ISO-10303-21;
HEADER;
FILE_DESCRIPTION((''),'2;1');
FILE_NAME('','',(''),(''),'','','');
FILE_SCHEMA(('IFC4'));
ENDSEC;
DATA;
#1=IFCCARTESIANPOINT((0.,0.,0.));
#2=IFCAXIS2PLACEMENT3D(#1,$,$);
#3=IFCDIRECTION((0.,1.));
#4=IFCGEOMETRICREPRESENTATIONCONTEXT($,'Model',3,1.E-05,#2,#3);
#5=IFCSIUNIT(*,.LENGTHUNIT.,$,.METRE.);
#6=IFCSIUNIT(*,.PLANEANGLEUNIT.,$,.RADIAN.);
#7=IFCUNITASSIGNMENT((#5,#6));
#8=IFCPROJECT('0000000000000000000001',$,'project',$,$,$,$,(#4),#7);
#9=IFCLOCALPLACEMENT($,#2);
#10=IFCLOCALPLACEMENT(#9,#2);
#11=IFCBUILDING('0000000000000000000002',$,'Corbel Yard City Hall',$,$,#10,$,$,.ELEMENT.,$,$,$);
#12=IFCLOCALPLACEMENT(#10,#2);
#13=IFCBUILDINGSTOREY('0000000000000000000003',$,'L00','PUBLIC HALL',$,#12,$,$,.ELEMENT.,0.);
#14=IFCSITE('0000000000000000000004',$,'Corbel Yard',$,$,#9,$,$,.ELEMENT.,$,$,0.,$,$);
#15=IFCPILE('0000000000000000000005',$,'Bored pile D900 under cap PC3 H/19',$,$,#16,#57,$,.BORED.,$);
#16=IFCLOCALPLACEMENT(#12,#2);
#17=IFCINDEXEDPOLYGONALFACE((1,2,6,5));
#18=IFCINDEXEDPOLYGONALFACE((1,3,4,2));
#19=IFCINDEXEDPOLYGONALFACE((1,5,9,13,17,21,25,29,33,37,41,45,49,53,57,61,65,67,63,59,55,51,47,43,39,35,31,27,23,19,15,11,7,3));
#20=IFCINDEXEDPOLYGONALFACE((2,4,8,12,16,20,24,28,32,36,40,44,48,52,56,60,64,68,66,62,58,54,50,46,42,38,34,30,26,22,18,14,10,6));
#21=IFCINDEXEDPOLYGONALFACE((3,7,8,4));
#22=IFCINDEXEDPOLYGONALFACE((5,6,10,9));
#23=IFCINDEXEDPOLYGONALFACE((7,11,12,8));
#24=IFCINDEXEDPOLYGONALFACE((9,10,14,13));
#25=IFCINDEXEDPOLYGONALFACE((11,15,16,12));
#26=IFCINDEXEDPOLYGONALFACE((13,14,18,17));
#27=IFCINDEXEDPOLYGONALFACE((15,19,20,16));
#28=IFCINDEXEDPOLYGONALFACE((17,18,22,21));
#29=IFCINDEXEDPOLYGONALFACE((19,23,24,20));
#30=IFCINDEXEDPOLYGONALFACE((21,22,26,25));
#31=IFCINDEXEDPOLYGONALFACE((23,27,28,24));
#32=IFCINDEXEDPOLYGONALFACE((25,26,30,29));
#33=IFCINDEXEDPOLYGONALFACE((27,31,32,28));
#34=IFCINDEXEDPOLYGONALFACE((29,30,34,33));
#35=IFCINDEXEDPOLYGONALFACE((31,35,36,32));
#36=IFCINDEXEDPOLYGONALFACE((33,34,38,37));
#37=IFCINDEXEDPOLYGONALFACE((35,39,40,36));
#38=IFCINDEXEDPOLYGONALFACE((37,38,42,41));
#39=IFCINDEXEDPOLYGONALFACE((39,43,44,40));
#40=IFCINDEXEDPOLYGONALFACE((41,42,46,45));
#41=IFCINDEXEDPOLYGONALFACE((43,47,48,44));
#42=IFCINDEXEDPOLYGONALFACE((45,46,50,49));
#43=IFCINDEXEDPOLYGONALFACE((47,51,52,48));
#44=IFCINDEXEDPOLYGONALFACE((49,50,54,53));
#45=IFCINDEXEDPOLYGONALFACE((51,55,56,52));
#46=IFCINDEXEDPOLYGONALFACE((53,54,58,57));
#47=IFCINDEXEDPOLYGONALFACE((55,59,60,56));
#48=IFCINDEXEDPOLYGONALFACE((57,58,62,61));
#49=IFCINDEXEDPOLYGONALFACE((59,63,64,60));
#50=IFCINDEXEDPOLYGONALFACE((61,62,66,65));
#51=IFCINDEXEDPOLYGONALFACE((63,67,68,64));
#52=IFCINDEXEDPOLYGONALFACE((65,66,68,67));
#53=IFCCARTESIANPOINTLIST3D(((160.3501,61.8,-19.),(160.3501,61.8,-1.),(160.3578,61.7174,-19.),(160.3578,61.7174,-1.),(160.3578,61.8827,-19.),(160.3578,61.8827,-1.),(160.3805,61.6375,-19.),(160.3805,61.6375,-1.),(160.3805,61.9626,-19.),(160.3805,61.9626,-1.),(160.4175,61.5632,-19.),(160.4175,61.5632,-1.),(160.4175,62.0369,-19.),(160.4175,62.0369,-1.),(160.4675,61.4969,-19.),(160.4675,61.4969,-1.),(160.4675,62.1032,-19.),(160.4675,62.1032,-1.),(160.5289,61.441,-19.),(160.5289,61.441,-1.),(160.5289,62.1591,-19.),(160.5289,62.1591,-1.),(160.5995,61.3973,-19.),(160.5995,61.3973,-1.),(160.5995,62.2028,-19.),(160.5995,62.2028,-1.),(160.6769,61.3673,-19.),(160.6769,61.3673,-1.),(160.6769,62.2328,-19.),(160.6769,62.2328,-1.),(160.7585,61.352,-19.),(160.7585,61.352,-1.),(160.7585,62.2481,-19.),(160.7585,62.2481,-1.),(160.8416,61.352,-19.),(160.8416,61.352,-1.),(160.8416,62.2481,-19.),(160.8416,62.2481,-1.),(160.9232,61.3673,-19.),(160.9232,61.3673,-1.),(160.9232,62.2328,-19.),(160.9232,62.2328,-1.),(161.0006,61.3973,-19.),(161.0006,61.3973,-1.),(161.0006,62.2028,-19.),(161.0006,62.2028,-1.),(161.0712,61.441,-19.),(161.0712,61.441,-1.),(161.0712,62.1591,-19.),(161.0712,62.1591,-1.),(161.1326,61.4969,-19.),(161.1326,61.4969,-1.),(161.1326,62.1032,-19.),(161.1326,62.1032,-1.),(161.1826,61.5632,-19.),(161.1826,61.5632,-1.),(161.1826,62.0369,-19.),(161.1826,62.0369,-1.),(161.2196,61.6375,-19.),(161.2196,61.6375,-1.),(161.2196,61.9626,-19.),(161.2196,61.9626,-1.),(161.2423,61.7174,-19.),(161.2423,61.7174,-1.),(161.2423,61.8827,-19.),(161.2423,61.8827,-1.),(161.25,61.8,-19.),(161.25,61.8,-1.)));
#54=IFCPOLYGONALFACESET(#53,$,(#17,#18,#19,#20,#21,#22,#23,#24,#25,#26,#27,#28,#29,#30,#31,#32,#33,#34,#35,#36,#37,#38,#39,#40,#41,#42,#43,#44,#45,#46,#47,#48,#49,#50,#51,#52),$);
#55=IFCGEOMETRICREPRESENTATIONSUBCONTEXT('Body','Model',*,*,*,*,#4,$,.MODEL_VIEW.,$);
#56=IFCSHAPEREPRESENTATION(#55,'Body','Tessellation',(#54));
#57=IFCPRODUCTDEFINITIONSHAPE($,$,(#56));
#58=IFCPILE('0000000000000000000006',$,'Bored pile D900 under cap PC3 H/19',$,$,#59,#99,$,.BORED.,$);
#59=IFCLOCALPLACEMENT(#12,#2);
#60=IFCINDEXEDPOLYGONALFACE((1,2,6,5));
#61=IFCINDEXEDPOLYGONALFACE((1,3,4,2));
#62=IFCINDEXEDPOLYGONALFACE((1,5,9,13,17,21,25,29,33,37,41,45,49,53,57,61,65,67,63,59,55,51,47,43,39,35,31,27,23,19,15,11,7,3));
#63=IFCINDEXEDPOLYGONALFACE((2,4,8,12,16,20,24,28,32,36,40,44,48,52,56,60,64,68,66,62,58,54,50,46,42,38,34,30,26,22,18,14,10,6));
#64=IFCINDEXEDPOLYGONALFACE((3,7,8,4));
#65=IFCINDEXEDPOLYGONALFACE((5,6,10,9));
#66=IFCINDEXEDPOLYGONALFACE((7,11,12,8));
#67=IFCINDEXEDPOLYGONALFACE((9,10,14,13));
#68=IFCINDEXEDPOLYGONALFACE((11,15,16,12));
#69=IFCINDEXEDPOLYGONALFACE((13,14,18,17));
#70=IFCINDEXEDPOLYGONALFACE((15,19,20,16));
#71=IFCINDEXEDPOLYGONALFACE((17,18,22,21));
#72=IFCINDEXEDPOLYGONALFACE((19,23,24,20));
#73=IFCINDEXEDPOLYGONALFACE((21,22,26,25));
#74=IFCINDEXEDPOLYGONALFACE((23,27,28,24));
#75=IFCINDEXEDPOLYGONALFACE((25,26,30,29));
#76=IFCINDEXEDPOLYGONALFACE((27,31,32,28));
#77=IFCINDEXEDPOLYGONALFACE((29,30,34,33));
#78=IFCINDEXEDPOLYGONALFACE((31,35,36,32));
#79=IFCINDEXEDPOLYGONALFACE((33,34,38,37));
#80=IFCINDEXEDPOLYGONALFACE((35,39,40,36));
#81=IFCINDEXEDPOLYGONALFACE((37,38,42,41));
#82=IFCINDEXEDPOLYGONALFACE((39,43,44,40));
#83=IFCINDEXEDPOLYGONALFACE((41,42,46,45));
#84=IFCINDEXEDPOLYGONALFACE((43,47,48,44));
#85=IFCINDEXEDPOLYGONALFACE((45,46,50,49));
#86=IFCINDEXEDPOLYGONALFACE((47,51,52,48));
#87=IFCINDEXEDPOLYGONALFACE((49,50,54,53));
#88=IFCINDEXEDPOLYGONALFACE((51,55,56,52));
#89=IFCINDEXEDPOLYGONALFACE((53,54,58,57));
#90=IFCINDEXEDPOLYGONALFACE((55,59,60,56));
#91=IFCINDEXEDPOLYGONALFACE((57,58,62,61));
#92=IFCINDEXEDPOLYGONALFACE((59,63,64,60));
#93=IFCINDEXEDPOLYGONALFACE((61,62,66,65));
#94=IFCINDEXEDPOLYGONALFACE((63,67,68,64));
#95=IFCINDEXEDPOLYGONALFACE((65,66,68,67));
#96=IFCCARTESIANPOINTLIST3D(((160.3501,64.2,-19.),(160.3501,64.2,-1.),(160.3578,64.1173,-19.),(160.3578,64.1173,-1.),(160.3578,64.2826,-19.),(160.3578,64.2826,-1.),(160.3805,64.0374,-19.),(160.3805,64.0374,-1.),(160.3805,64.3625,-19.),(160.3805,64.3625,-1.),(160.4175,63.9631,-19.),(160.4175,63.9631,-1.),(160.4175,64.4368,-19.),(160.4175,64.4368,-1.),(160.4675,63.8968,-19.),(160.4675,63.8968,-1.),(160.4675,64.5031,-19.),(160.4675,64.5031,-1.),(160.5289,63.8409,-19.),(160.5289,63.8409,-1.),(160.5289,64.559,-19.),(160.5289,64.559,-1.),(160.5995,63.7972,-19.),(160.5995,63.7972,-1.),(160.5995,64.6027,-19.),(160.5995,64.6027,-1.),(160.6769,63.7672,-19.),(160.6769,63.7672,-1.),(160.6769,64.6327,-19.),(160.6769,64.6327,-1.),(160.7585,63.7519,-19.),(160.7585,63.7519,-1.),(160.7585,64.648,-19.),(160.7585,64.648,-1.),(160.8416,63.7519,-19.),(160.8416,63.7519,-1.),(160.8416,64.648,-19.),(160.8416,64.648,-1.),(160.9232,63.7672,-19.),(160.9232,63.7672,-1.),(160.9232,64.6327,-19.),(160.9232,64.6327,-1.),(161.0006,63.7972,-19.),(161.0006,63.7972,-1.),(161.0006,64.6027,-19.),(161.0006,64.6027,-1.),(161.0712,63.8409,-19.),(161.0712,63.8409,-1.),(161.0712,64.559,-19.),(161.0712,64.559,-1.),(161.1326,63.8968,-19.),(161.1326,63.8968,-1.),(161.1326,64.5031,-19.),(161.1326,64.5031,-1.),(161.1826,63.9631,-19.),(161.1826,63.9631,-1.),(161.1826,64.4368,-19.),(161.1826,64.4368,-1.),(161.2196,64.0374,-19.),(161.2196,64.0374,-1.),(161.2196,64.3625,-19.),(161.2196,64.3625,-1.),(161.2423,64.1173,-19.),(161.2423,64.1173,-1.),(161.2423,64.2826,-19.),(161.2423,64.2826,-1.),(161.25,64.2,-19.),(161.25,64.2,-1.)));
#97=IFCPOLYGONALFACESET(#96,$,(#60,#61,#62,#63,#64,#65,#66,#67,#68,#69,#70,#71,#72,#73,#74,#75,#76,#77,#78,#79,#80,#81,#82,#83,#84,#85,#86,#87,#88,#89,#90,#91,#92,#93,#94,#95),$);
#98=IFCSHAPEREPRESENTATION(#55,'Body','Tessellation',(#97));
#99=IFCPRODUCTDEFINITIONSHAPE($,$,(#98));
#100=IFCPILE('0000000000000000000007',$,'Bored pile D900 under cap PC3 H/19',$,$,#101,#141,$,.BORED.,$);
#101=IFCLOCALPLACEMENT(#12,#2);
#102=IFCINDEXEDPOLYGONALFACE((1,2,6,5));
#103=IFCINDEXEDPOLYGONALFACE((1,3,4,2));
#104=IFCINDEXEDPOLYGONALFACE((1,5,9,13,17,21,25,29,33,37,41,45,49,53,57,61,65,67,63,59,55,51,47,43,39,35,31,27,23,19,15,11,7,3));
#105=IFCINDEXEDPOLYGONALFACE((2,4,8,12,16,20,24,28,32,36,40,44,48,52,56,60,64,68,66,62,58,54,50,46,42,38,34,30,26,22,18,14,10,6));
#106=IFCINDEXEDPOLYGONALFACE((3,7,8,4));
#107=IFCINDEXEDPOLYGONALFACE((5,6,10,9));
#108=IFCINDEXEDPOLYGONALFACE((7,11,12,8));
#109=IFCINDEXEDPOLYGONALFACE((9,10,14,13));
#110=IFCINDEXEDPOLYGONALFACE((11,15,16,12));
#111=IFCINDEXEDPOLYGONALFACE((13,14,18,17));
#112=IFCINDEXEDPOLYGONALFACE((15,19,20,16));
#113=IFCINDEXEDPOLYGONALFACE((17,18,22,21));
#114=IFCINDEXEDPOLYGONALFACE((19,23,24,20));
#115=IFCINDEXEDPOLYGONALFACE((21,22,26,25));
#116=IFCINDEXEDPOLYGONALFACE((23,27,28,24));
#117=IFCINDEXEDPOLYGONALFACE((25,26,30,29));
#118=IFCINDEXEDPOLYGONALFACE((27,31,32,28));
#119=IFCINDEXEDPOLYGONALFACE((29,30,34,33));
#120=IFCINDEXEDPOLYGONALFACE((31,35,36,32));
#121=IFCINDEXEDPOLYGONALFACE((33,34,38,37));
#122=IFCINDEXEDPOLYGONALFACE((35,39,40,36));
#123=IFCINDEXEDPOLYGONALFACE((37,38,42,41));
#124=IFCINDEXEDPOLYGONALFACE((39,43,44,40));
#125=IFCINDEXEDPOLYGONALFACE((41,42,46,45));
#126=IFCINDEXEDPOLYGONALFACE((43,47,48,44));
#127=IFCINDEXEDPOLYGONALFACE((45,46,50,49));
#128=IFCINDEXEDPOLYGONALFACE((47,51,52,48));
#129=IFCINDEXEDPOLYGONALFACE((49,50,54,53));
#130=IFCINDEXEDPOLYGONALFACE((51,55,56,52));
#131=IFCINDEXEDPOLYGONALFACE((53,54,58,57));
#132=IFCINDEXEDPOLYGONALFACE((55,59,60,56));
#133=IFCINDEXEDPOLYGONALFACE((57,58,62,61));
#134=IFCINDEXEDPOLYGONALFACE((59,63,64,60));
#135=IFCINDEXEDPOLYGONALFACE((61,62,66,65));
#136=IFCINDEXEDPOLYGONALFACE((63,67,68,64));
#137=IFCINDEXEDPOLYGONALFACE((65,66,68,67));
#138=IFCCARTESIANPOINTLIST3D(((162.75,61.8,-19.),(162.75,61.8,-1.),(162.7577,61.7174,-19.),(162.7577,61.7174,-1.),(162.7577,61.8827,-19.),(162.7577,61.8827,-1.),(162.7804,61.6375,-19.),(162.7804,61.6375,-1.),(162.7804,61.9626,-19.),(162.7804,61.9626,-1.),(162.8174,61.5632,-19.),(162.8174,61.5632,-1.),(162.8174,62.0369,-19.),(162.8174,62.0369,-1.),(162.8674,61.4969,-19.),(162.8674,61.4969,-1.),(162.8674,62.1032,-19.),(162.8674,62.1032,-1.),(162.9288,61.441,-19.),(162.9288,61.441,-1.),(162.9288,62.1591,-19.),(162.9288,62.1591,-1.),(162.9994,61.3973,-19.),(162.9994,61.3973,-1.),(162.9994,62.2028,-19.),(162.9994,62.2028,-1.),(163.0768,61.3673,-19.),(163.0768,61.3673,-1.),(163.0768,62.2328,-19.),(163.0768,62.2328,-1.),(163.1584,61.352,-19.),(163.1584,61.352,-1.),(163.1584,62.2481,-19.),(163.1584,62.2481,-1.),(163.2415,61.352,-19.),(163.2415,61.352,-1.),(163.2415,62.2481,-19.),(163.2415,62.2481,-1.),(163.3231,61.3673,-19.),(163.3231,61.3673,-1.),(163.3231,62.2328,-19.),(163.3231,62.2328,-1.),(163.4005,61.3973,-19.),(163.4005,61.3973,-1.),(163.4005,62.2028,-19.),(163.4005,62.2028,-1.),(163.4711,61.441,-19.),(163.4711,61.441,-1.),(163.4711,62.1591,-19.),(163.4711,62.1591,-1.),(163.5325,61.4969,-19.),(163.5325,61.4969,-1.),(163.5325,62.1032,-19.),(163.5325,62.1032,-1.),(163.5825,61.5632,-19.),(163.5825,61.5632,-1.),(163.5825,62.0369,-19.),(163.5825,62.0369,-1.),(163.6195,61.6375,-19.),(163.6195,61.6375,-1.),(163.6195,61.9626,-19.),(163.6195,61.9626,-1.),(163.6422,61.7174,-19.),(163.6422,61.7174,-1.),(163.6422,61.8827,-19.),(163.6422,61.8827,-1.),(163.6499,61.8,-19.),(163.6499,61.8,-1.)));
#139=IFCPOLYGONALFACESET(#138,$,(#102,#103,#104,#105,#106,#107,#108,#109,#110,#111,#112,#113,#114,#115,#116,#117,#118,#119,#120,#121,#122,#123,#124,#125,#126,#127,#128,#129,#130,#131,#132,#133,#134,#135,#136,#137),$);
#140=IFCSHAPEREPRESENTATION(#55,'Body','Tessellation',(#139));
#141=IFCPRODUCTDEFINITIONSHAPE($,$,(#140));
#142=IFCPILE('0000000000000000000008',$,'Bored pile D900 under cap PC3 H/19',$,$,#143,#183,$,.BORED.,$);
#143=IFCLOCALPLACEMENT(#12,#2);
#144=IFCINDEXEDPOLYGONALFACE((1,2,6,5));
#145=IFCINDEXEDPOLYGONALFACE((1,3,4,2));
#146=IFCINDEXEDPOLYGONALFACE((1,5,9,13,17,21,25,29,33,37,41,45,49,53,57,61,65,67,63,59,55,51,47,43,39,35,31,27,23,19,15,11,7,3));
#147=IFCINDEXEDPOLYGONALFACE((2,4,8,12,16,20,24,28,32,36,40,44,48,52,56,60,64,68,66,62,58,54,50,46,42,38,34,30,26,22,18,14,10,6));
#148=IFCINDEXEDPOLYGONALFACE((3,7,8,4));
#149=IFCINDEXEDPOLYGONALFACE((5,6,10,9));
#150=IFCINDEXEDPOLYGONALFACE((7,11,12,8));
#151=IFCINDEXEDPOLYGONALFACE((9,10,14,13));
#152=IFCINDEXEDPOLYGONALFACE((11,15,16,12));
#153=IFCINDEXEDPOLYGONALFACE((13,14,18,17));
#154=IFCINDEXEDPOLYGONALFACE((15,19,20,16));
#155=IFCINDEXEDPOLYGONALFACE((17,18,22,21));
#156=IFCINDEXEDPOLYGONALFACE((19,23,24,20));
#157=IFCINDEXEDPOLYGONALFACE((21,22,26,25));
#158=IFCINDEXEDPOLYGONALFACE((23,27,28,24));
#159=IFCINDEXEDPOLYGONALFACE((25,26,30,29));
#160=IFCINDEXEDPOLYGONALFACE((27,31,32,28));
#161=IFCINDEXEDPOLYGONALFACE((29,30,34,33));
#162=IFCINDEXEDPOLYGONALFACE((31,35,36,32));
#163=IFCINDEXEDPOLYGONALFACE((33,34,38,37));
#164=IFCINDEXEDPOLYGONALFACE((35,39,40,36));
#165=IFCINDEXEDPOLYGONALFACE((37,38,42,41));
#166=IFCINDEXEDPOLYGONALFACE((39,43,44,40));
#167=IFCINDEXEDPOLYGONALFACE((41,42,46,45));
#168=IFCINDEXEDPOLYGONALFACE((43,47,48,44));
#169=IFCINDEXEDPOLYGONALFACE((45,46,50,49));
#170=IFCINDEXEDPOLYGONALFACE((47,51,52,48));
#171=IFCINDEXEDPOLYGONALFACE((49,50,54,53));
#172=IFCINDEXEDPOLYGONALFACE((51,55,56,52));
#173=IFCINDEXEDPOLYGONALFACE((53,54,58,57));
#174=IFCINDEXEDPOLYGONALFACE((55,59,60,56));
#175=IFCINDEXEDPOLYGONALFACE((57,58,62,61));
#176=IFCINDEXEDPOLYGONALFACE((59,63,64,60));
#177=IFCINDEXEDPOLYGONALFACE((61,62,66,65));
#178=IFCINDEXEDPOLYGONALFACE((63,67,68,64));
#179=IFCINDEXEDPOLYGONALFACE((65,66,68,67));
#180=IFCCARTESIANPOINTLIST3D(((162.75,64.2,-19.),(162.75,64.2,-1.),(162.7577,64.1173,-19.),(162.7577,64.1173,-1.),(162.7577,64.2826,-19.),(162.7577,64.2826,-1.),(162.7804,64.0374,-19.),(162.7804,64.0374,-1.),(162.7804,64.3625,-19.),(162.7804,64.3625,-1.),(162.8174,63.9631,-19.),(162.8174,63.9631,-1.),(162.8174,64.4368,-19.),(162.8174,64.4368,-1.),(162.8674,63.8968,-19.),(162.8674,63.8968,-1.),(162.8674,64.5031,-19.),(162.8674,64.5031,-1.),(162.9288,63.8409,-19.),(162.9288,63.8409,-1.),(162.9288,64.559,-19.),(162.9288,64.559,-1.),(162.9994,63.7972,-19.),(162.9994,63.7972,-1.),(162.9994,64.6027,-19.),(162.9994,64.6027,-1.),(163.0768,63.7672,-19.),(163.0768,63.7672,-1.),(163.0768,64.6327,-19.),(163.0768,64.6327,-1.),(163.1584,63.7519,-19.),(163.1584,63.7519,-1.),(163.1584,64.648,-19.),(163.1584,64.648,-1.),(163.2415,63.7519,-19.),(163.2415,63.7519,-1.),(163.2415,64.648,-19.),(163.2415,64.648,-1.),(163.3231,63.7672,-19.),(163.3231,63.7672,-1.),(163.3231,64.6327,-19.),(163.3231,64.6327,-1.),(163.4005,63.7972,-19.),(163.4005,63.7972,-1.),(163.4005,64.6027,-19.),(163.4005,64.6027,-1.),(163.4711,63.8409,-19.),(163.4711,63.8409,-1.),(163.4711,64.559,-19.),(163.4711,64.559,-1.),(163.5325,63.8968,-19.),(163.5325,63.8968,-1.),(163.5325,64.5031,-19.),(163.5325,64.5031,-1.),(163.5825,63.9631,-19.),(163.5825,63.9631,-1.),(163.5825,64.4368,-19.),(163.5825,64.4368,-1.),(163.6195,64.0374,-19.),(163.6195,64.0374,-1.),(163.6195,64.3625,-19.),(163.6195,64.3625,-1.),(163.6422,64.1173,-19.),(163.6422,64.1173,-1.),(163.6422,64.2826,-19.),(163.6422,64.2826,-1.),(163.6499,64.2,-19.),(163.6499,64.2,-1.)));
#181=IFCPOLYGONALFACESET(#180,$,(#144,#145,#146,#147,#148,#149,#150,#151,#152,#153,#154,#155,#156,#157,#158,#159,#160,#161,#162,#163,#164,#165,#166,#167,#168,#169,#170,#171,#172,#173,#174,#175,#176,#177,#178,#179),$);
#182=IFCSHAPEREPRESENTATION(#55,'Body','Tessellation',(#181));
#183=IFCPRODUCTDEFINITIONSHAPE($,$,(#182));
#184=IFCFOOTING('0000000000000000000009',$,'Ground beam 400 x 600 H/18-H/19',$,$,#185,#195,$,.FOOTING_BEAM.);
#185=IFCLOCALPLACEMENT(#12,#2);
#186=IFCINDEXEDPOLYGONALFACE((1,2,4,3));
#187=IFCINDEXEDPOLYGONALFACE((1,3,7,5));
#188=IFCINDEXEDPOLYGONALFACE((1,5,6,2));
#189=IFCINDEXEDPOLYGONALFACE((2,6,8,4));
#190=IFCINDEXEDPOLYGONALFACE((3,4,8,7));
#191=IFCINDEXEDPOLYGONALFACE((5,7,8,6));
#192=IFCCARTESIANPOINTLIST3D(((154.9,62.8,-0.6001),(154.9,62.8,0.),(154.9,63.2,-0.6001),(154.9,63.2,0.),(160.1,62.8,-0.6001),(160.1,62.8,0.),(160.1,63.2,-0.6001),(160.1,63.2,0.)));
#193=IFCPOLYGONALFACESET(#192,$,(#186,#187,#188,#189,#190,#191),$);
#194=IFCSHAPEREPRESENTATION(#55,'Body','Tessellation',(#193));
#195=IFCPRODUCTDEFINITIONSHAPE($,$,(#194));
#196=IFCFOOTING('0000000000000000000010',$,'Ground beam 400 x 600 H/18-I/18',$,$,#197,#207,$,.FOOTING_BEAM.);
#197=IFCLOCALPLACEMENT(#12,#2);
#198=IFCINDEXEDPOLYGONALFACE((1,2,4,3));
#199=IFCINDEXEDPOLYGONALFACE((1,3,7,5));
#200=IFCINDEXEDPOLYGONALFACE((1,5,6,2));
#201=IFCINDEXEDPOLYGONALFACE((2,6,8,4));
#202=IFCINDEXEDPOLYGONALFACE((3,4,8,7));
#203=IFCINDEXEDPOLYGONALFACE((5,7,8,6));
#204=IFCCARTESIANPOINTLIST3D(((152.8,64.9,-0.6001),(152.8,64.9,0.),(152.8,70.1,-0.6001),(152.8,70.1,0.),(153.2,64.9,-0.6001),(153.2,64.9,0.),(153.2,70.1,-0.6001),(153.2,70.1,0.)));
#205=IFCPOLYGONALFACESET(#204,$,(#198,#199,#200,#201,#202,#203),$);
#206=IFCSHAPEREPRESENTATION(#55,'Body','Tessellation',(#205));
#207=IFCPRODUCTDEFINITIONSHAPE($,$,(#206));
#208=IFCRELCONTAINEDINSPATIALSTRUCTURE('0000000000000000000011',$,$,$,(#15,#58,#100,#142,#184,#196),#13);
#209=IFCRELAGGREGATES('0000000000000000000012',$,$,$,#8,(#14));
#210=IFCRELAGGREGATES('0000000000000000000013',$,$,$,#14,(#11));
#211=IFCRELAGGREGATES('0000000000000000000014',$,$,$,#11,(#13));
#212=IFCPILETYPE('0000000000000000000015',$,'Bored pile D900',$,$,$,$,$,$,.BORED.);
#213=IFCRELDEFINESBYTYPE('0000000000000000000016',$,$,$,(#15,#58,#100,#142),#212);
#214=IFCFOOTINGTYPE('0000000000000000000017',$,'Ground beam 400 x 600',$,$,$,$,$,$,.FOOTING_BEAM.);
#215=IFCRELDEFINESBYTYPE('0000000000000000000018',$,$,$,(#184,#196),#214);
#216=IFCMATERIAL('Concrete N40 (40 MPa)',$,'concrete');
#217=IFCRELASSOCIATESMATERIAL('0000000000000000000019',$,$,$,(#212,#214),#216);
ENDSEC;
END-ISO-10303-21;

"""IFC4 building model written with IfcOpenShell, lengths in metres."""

from ifc_helpers import new_model, si_unit, direction, frame, origin, origin_2d, place, context, subcontext, project, spatial, rectangle, circle, extrude, material, material_profile, profile_set, type_object, element, save


model = new_model("IFC4")

# Units and contexts
model_context = context("Model", 3, precision=1e-05, world=origin(), true_north=direction((0.0, 1.0)))
body_context = subcontext(model_context, "Body", "Model", "MODEL_VIEW")
ifc_project = project(units=[si_unit("LENGTHUNIT", "METRE"), si_unit("PLANEANGLEUNIT", "RADIAN")], contexts=[model_context])

# Site, building, storey
site_placement = place(None, origin())
site = spatial("IfcSite", under=ifc_project, at=site_placement, Name="Corbel Yard", CompositionType="ELEMENT", RefElevation=0.0)
building_placement = place(site_placement, origin())
building = spatial("IfcBuilding", under=site, at=building_placement, Name="Corbel Yard City Hall", CompositionType="ELEMENT")
storey_placement = place(building_placement, origin())
storey = spatial("IfcBuildingStorey", under=building, at=storey_placement, Name="L00", Description="PUBLIC HALL", CompositionType="ELEMENT", Elevation=0.0)

# Piles
ifc_material_1 = material(Name="Concrete N40 (40 MPa)", Category="concrete")
ifc_material_profile_1 = material_profile(ifc_material_1, circle(Radius=0.45, at=origin_2d()), Name="D900")
ifc_profile_set_1 = profile_set([ifc_material_profile_1], Name="Concrete N40 (40 MPa)")
pile_type = type_object("IfcPileType", Name="Bored pile D900", PredefinedType="BORED", material=ifc_profile_set_1)
for number, where, z_axis, x_axis, name in (
    (1, (160.8, 61.8, -1.0), (0.0, 0.0, -1.0), (1.0, 0.0, 0.0), "Bored pile D900 under cap PC3 H/19"),
    (2, (160.8, 64.2, -1.0), (0.0, 0.0, -1.0), (1.0, 0.0, 0.0), "Bored pile D900 under cap PC3 H/19"),
    (3, (163.2, 61.8, -1.0), (0.0, 0.0, -1.0), (1.0, 0.0, 0.0), "Bored pile D900 under cap PC3 H/19"),
    (4, (163.2, 64.2, -1.0), (0.0, 0.0, -1.0), (1.0, 0.0, 0.0), "Bored pile D900 under cap PC3 H/19"),
):
    element("IfcPile", number, at=place(storey_placement, frame(where, z_axis=z_axis, x_axis=x_axis)), inside=storey, type_object=pile_type, Name=name, PredefinedType="BORED", context=body_context, shape_type="SweptSolid", body=[
        extrude(circle(Radius=0.45, at=origin_2d()), origin(), (0.0, 0.0, 1.0), 18.0),
    ])

# Footings
footing_type_1 = type_object("IfcFootingType", Name="Ground beam 400 x 600", PredefinedType="FOOTING_BEAM", material=ifc_material_1)
footing_1_placement = place(storey_placement, frame((157.5, 63.0, -0.6001), z_axis=(0.0, 0.0, 1.0), x_axis=(1.0, 0.0, 0.0)))
element("IfcFooting", 5, at=footing_1_placement, inside=storey, type_object=footing_type_1, Name="Ground beam 400 x 600 H/18-H/19", PredefinedType="FOOTING_BEAM", context=body_context, shape_type="SweptSolid", body=[
    extrude(rectangle(XDim=5.2, YDim=0.3999, at=origin_2d()), origin(), (0.0, 0.0, 1.0), 0.6001),
])
for number, where, z_axis, x_axis, name in (
    (6, (153.0, 67.5, -0.6001), (0.0, 0.0, 1.0), (1.0, 0.0, 0.0), "Ground beam 400 x 600 H/18-I/18"),
):
    element("IfcFooting", number, at=place(storey_placement, frame(where, z_axis=z_axis, x_axis=x_axis)), inside=storey, type_object=footing_type_1, Name=name, PredefinedType="FOOTING_BEAM", context=body_context, shape_type="SweptSolid", body=[
        extrude(rectangle(XDim=0.3999, YDim=5.2, at=origin_2d()), origin(), (0.0, 0.0, 1.0), 0.6001),
    ])

save(model, "model.ifc")
